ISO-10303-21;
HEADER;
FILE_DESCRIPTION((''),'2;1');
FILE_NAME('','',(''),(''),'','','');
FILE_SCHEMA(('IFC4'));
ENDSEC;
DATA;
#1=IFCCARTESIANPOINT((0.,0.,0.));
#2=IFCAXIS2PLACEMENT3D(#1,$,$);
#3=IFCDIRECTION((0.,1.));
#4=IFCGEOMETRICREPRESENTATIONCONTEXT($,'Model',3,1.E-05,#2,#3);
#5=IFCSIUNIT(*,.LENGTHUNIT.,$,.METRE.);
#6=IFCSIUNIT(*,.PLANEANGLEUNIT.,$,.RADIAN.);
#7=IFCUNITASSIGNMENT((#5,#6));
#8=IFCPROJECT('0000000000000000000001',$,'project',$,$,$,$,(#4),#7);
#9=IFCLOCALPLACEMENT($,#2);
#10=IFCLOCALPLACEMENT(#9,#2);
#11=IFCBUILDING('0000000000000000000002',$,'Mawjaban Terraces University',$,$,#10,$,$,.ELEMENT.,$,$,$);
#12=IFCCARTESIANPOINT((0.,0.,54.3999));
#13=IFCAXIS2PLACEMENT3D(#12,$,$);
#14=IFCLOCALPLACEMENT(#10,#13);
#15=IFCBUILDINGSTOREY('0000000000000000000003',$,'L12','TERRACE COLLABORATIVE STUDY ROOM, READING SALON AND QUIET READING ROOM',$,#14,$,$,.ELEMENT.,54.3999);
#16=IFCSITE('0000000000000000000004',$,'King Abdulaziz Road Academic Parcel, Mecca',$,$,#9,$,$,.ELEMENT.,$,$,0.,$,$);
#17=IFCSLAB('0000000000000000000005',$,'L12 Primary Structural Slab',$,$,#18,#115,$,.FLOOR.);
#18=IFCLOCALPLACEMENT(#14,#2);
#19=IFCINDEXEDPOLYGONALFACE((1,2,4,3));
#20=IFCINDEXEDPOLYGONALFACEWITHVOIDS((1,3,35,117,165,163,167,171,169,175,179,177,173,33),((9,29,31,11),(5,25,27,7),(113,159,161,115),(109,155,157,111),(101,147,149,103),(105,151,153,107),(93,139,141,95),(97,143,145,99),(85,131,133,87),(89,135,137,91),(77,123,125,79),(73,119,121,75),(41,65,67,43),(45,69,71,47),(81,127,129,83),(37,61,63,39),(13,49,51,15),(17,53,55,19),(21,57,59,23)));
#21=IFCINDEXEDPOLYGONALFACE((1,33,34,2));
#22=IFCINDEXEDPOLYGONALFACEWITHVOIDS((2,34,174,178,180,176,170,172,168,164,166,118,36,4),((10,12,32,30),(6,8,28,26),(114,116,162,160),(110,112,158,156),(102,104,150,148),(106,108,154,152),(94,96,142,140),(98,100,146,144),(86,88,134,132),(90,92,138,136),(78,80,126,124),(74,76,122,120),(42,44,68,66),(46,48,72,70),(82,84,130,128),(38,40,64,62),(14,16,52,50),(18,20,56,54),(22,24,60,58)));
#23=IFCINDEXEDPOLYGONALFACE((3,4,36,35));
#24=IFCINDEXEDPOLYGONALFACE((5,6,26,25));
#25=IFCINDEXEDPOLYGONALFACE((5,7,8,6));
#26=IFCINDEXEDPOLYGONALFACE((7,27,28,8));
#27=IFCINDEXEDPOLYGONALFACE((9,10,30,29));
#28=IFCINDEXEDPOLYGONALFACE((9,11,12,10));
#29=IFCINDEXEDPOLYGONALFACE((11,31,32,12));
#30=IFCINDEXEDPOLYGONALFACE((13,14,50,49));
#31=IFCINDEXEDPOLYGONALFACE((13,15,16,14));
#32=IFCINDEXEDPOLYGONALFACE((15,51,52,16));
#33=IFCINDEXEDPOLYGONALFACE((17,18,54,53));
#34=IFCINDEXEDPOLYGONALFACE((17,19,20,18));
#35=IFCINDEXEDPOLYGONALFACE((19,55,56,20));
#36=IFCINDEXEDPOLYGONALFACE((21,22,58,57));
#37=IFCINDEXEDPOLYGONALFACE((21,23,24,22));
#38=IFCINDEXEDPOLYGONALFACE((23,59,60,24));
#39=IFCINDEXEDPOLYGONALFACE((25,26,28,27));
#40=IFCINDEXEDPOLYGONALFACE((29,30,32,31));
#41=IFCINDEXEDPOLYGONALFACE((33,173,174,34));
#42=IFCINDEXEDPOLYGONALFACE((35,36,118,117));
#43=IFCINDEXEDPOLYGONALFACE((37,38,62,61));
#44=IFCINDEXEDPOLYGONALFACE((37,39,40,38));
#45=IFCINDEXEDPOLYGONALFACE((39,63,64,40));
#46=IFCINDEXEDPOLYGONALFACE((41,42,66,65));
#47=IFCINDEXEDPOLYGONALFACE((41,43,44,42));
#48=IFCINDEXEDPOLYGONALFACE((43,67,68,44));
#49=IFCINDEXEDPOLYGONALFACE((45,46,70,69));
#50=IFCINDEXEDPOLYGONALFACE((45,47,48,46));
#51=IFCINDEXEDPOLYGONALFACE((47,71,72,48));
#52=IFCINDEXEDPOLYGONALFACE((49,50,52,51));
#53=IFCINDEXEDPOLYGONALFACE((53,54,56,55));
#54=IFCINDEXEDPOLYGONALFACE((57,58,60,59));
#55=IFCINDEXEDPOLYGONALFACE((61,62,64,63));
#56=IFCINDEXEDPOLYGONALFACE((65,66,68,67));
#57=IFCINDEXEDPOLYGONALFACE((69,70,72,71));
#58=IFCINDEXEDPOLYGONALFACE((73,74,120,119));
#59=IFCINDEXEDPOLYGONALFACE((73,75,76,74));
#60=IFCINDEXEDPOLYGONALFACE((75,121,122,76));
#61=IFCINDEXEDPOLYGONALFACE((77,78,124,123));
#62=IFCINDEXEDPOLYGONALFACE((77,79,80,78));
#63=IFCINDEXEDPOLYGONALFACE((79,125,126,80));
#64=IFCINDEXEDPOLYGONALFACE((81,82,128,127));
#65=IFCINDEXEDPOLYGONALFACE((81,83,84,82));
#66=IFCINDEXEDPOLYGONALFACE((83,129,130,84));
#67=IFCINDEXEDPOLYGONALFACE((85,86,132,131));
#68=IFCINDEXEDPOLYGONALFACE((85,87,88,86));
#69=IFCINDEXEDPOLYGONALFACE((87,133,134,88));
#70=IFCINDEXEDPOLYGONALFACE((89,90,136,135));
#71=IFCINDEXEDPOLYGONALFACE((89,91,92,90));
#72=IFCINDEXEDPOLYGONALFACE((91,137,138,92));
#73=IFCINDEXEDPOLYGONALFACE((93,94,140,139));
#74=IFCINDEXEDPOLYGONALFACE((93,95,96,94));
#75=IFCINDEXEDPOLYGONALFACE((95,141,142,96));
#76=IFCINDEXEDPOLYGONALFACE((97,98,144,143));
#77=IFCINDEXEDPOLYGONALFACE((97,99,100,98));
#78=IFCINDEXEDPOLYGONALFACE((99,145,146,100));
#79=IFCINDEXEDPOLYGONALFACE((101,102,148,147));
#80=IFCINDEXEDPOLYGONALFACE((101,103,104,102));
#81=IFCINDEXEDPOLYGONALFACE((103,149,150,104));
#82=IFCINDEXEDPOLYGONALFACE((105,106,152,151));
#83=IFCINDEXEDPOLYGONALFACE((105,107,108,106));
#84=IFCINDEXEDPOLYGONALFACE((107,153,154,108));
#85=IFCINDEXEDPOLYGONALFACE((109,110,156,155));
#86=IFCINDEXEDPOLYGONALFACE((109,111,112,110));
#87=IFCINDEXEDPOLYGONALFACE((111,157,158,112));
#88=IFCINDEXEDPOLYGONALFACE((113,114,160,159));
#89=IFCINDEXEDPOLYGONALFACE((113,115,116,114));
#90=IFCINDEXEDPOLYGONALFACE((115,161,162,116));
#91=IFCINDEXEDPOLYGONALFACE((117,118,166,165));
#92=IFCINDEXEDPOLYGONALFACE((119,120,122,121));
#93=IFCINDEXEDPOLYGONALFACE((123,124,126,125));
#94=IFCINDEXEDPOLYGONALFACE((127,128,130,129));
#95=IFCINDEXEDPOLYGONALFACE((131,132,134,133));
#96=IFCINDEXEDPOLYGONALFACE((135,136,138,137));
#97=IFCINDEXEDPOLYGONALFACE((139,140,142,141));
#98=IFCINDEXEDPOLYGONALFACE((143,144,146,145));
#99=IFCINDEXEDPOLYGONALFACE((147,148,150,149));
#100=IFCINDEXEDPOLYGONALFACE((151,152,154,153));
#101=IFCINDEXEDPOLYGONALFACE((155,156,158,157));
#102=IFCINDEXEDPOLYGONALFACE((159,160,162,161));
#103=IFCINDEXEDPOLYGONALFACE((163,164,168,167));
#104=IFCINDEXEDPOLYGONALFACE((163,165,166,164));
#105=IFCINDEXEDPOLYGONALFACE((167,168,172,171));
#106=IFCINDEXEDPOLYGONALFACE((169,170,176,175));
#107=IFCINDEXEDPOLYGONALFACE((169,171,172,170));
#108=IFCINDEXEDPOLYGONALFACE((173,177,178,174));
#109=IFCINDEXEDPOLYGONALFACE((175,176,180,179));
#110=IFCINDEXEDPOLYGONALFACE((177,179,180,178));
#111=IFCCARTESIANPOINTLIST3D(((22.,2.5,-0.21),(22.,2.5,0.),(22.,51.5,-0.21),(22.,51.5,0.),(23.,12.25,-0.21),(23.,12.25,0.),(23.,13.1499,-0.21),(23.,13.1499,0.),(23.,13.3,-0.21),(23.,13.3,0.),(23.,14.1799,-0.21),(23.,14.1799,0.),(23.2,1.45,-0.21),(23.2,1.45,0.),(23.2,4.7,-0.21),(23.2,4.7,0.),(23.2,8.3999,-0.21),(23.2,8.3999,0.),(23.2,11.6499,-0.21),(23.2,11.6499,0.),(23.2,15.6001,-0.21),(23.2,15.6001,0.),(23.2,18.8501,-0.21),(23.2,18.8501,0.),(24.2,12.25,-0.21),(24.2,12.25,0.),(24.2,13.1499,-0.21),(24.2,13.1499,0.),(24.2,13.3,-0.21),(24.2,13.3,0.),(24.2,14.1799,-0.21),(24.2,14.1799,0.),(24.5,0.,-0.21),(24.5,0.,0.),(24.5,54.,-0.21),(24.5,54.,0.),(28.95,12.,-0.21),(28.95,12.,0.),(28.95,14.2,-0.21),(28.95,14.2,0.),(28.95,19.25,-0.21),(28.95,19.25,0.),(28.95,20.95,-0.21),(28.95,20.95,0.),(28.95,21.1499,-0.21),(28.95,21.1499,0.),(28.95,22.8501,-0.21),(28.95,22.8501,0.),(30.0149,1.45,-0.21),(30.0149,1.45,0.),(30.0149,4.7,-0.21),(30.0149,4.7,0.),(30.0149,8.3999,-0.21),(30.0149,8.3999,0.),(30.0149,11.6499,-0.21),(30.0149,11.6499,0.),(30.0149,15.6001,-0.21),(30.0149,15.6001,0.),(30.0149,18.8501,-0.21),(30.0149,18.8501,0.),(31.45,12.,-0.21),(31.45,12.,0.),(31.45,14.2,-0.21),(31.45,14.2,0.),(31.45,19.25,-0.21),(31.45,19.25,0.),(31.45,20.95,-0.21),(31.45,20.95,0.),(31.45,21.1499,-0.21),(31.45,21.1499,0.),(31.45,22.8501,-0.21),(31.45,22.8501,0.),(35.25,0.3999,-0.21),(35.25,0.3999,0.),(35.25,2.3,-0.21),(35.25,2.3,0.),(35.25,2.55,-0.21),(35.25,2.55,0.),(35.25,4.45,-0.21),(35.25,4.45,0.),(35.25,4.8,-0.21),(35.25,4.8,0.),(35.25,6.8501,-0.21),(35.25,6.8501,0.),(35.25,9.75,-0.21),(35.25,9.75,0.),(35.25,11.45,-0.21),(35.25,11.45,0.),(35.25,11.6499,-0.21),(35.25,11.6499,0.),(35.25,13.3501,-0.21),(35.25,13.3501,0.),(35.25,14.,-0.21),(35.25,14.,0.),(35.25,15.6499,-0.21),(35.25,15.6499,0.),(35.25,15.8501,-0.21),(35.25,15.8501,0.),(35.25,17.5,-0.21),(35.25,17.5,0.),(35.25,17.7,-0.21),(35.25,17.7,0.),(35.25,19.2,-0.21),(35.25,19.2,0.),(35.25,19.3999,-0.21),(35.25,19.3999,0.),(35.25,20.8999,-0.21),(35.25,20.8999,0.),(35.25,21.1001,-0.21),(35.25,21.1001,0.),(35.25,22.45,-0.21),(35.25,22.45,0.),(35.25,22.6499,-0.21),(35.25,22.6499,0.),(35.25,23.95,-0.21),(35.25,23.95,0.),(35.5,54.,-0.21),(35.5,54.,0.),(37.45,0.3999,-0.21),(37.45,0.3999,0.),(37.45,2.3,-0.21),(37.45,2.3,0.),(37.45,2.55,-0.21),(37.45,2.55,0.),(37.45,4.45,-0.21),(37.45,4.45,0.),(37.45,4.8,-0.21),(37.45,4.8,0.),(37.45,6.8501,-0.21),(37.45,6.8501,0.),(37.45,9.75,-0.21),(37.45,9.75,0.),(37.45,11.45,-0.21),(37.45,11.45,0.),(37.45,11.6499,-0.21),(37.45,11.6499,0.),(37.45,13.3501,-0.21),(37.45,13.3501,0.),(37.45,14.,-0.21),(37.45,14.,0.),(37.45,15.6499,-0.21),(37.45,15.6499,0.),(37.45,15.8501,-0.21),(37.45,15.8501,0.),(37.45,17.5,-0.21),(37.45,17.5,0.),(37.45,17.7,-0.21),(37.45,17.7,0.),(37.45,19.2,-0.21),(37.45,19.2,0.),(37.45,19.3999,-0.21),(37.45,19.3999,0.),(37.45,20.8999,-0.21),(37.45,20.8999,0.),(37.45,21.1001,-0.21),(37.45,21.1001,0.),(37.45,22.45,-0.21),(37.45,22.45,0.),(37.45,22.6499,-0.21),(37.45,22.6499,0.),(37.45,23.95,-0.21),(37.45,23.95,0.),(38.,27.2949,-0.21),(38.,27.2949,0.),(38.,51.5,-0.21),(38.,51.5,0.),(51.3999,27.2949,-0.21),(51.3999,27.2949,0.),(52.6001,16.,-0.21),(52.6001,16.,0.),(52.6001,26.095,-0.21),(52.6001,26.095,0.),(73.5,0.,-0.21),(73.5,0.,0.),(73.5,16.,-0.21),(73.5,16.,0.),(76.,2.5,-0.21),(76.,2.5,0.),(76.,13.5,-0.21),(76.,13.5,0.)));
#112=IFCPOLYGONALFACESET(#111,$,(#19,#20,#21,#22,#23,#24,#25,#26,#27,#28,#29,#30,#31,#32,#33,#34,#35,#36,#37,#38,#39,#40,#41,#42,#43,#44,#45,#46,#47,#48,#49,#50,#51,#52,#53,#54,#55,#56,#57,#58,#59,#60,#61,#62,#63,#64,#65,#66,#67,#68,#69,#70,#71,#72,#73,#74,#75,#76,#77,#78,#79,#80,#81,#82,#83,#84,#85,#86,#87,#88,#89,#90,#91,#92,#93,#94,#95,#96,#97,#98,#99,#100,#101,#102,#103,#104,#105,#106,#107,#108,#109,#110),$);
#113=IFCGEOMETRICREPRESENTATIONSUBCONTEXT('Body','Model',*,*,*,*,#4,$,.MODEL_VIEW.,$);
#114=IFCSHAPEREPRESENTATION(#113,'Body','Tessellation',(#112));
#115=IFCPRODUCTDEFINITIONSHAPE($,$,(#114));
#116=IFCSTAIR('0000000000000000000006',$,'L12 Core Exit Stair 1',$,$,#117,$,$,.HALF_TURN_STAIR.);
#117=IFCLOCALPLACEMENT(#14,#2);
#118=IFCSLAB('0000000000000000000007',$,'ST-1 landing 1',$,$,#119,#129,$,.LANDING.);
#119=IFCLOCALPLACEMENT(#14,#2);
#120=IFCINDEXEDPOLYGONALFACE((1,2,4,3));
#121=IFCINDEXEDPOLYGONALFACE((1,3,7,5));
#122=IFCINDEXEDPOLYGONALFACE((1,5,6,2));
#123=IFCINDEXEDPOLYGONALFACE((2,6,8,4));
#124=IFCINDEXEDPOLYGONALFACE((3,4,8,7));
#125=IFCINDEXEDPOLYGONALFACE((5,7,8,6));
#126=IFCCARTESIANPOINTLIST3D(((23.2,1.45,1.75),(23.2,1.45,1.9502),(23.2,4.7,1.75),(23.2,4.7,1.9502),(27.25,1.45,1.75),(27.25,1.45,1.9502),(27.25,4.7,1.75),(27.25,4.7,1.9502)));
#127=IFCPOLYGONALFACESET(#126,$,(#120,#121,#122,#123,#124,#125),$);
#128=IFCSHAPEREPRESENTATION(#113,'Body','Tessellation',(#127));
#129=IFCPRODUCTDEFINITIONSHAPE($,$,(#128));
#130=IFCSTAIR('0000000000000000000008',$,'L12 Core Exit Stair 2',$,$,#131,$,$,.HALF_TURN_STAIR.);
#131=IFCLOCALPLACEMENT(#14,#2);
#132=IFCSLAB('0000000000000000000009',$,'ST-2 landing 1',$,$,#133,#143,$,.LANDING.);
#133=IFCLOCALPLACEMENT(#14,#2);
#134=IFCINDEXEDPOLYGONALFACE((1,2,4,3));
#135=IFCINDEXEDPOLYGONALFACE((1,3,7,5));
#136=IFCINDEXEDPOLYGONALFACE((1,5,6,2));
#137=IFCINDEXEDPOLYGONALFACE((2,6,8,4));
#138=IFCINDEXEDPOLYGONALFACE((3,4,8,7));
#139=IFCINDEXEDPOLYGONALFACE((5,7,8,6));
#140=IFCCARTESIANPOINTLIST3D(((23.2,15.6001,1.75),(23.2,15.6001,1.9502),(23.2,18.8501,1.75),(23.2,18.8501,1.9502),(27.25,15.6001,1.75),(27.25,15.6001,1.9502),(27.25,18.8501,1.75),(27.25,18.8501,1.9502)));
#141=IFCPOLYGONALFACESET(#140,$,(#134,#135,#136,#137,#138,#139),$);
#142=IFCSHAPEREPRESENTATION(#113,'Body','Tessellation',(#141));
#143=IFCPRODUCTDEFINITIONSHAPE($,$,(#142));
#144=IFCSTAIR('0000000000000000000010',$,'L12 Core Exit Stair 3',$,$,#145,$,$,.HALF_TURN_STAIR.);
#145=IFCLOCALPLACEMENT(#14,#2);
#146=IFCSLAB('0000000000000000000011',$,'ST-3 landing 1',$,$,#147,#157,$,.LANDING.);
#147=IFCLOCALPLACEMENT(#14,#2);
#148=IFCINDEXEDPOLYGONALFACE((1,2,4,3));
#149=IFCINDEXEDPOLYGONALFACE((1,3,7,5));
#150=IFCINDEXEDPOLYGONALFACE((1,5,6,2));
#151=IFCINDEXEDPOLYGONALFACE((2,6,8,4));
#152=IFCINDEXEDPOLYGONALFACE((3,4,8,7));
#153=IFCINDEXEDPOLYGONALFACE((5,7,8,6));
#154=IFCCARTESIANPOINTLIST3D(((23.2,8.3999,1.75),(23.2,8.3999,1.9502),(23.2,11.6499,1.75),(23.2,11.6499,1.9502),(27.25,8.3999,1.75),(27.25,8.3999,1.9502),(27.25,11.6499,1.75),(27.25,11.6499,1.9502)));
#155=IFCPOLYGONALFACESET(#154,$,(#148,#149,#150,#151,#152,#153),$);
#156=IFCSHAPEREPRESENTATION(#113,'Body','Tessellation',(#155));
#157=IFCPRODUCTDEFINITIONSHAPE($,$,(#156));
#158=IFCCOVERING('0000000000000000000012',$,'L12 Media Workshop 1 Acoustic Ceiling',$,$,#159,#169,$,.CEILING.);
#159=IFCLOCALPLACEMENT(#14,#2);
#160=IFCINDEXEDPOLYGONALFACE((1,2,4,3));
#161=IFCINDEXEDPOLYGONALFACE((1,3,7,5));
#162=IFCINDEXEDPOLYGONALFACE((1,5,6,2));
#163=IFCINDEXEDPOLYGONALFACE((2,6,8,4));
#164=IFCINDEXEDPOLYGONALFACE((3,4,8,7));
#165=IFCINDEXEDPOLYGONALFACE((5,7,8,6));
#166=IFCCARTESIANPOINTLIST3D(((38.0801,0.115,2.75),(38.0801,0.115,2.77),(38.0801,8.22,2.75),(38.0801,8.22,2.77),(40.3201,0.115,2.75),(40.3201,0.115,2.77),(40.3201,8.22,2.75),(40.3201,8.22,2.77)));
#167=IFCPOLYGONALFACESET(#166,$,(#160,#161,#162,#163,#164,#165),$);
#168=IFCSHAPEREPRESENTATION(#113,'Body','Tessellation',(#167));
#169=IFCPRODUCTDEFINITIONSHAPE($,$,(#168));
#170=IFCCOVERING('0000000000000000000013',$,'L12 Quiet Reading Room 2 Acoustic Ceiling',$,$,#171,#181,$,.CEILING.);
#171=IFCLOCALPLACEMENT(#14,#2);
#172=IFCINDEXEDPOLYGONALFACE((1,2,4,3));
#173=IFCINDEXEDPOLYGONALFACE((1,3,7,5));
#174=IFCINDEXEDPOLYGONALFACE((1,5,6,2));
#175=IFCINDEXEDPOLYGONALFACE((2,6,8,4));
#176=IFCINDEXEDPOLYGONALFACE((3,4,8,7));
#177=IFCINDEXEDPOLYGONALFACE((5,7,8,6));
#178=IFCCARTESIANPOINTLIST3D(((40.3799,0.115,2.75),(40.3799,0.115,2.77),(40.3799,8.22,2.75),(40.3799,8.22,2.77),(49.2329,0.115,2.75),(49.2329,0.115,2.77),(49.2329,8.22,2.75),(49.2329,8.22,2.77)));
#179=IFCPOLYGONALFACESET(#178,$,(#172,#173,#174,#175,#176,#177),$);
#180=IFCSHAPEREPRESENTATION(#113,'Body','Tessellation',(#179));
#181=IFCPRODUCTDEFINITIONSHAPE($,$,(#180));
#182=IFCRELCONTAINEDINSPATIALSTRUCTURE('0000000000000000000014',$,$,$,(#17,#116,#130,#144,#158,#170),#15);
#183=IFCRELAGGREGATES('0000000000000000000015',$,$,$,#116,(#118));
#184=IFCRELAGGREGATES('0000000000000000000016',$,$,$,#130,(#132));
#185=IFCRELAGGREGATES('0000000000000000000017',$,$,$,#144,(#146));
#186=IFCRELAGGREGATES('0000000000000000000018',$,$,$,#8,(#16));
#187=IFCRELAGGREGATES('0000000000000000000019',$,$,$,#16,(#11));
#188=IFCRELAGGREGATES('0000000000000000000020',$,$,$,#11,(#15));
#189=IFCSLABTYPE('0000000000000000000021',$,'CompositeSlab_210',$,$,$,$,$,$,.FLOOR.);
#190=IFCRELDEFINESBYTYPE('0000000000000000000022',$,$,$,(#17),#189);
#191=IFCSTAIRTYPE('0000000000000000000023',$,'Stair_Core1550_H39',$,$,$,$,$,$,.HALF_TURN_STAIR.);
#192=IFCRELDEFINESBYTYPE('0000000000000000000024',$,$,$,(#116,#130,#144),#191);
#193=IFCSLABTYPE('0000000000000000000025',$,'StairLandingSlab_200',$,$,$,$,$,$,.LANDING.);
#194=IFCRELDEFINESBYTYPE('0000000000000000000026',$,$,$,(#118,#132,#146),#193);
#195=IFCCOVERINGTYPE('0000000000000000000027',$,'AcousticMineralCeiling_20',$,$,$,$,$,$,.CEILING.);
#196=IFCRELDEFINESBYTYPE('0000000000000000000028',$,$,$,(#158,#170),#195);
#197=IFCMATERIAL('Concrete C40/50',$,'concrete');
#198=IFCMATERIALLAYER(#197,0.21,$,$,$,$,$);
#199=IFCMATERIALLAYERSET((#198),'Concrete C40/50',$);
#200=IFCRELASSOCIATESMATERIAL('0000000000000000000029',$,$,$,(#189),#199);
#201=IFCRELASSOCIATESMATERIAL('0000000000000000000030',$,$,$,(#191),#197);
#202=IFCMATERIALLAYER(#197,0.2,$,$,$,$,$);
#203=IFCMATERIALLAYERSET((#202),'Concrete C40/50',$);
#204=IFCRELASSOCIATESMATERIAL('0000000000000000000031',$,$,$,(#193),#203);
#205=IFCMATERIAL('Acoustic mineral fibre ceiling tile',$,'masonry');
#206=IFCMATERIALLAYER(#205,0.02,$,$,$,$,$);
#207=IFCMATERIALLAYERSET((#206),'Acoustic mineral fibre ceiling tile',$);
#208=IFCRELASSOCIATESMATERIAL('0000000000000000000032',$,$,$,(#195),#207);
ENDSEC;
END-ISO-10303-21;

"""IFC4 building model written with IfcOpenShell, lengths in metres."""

from ifc_helpers import new_model, si_unit, direction, frame, origin, place, context, subcontext, project, spatial, polyline, outline, extrude, material, layer, layer_set, type_object, element, aggregate, save


model = new_model("IFC4")

# Units and contexts
model_context = context("Model", 3, precision=1e-05, world=origin(), true_north=direction((0.0, 1.0)))
body_context = subcontext(model_context, "Body", "Model", "MODEL_VIEW")
ifc_project = project(units=[si_unit("LENGTHUNIT", "METRE"), si_unit("PLANEANGLEUNIT", "RADIAN")], contexts=[model_context])

# Site, building, storey
site_placement = place(None, origin())
site = spatial("IfcSite", under=ifc_project, at=site_placement, Name="King Abdulaziz Road Academic Parcel, Mecca", CompositionType="ELEMENT", RefElevation=0.0)
building_placement = place(site_placement, origin())
building = spatial("IfcBuilding", under=site, at=building_placement, Name="Mawjaban Terraces University", CompositionType="ELEMENT")
storey_placement = place(building_placement, frame((0.0, 0.0, 54.3999)))
storey = spatial("IfcBuildingStorey", under=building, at=storey_placement, Name="L12", Description="TERRACE COLLABORATIVE STUDY ROOM, READING SALON AND QUIET READING ROOM", CompositionType="ELEMENT", Elevation=54.3999)

# Slab
ifc_material_1 = material(Name="Concrete C40/50", Category="concrete")
ifc_layer_1 = layer(ifc_material_1, 0.21)
ifc_layer_set_1 = layer_set([ifc_layer_1], Name="Concrete C40/50")
slab_type_1 = type_object("IfcSlabType", Name="CompositeSlab_210", PredefinedType="FLOOR", material=ifc_layer_set_1)
slab_1_placement = place(storey_placement, frame((0.0, 0.0, -0.21)))
element("IfcSlab", 1, at=slab_1_placement, inside=storey, type_object=slab_type_1, Name="L12 Primary Structural Slab", PredefinedType="FLOOR", context=body_context, shape_type="SweptSolid", body=[
    extrude(outline(polyline([(24.5, 0.0), (73.5, 0.0), (76.0, 2.5), (76.0, 13.5), (73.5, 16.0), (52.6001, 16.0), (52.6001, 26.095), (51.3999, 27.2949), (38.0, 27.2949), (38.0, 51.5), (35.5, 54.0), (24.5, 54.0), (22.0, 51.5), (22.0, 2.5), (24.5, 0.0)]), holes=[polyline([(30.0149, 4.7), (23.2, 4.7), (23.2, 1.45), (30.0149, 1.45), (30.0149, 4.7)]), polyline([(30.0149, 18.8501), (23.2, 18.8501), (23.2, 15.6001), (30.0149, 15.6001), (30.0149, 18.8501)]), polyline([(30.0149, 11.6499), (23.2, 11.6499), (23.2, 8.3999), (30.0149, 8.3999), (30.0149, 11.6499)]), polyline([(35.25, 0.3999), (37.45, 0.3999), (37.45, 2.3), (35.25, 2.3), (35.25, 0.3999)]), polyline([(35.25, 2.55), (37.45, 2.55), (37.45, 4.45), (35.25, 4.45), (35.25, 2.55)]), polyline([(35.25, 4.8), (37.45, 4.8), (37.45, 6.8501), (35.25, 6.8501), (35.25, 4.8)]), polyline([(35.25, 9.75), (37.45, 9.75), (37.45, 11.45), (35.25, 11.45), (35.25, 9.75)]), polyline([(35.25, 11.6499), (37.45, 11.6499), (37.45, 13.3501), (35.25, 13.3501), (35.25, 11.6499)]), polyline([(28.95, 12.0), (31.45, 12.0), (31.45, 14.2), (28.95, 14.2), (28.95, 12.0)]), polyline([(35.25, 14.0), (37.45, 14.0), (37.45, 15.6499), (35.25, 15.6499), (35.25, 14.0)]), polyline([(35.25, 15.8501), (37.45, 15.8501), (37.45, 17.5), (35.25, 17.5), (35.25, 15.8501)]), polyline([(35.25, 17.7), (37.45, 17.7), (37.45, 19.2), (35.25, 19.2), (35.25, 17.7)]), polyline([(35.25, 19.3999), (37.45, 19.3999), (37.45, 20.8999), (35.25, 20.8999), (35.25, 19.3999)]), polyline([(28.95, 19.25), (31.45, 19.25), (31.45, 20.95), (28.95, 20.95), (28.95, 19.25)]), polyline([(35.25, 21.1001), (37.45, 21.1001), (37.45, 22.45), (35.25, 22.45), (35.25, 21.1001)]), polyline([(35.25, 22.6499), (37.45, 22.6499), (37.45, 23.95), (35.25, 23.95), (35.25, 22.6499)]), polyline([(28.95, 21.1499), (31.45, 21.1499), (31.45, 22.8501), (28.95, 22.8501), (28.95, 21.1499)]), polyline([(23.0, 12.25), (24.2, 12.25), (24.2, 13.1499), (23.0, 13.1499), (23.0, 12.25)]), polyline([(23.0, 13.3), (24.2, 13.3), (24.2, 14.1799), (23.0, 14.1799), (23.0, 13.3)])]), origin(), (0.0, 0.0, 1.0), 0.21),
])

# Stairs, slabs
stair_type = type_object("IfcStairType", Name="Stair_Core1550_H39", PredefinedType="HALF_TURN_STAIR", material=ifc_material_1)
stair_1_placement = place(storey_placement, origin())
stair_1 = element("IfcStair", 2, at=stair_1_placement, inside=storey, type_object=stair_type, Name="L12 Core Exit Stair 1", PredefinedType="HALF_TURN_STAIR")
ifc_layer_2 = layer(ifc_material_1, 0.2)
ifc_layer_set_2 = layer_set([ifc_layer_2], Name="Concrete C40/50")
slab_type_2 = type_object("IfcSlabType", Name="StairLandingSlab_200", PredefinedType="LANDING", material=ifc_layer_set_2)
slab_2_placement = place(storey_placement, frame((0.0, 0.0, 1.75)))
slab_2 = element("IfcSlab", 3, at=slab_2_placement, type_object=slab_type_2, Name="ST-1 landing 1", PredefinedType="LANDING", context=body_context, shape_type="SweptSolid", body=[
    extrude(outline(polyline([(27.25, 4.7), (23.2, 4.7), (23.2, 1.45), (27.25, 1.45), (27.25, 4.7)])), origin(), (0.0, 0.0, 1.0), 0.2002),
])
aggregate(stair_1, [slab_2])
stair_2_placement = place(storey_placement, origin())
stair_2 = element("IfcStair", 4, at=stair_2_placement, inside=storey, type_object=stair_type, Name="L12 Core Exit Stair 2", PredefinedType="HALF_TURN_STAIR")
slab_3_placement = place(storey_placement, frame((0.0, 0.0, 1.75)))
slab_3 = element("IfcSlab", 5, at=slab_3_placement, type_object=slab_type_2, Name="ST-2 landing 1", PredefinedType="LANDING", context=body_context, shape_type="SweptSolid", body=[
    extrude(outline(polyline([(27.25, 18.8501), (23.2, 18.8501), (23.2, 15.6001), (27.25, 15.6001), (27.25, 18.8501)])), origin(), (0.0, 0.0, 1.0), 0.2002),
])
aggregate(stair_2, [slab_3])
stair_3_placement = place(storey_placement, origin())
stair_3 = element("IfcStair", 6, at=stair_3_placement, inside=storey, type_object=stair_type, Name="L12 Core Exit Stair 3", PredefinedType="HALF_TURN_STAIR")
slab_4_placement = place(storey_placement, frame((0.0, 0.0, 1.75)))
slab_4 = element("IfcSlab", 7, at=slab_4_placement, type_object=slab_type_2, Name="ST-3 landing 1", PredefinedType="LANDING", context=body_context, shape_type="SweptSolid", body=[
    extrude(outline(polyline([(27.25, 11.6499), (23.2, 11.6499), (23.2, 8.3999), (27.25, 8.3999), (27.25, 11.6499)])), origin(), (0.0, 0.0, 1.0), 0.2002),
])
aggregate(stair_3, [slab_4])

# Coverings
ifc_material_2 = material(Name="Acoustic mineral fibre ceiling tile", Category="masonry")
ifc_layer_3 = layer(ifc_material_2, 0.02)
ifc_layer_set_3 = layer_set([ifc_layer_3], Name="Acoustic mineral fibre ceiling tile")
covering_type_1 = type_object("IfcCoveringType", Name="AcousticMineralCeiling_20", PredefinedType="CEILING", material=ifc_layer_set_3)
covering_1_placement = place(storey_placement, frame((0.0, 0.0, 2.75)))
element("IfcCovering", 8, at=covering_1_placement, inside=storey, type_object=covering_type_1, Name="L12 Media Workshop 1 Acoustic Ceiling", PredefinedType="CEILING", context=body_context, shape_type="SweptSolid", body=[
    extrude(outline(polyline([(38.0801, 0.115), (40.3201, 0.115), (40.3201, 8.22), (38.0801, 8.22), (38.0801, 0.115)])), origin(), (0.0, 0.0, 1.0), 0.02),
])
covering_2_placement = place(storey_placement, frame((0.0, 0.0, 2.75)))
element("IfcCovering", 9, at=covering_2_placement, inside=storey, type_object=covering_type_1, Name="L12 Quiet Reading Room 2 Acoustic Ceiling", PredefinedType="CEILING", context=body_context, shape_type="SweptSolid", body=[
    extrude(outline(polyline([(40.3799, 0.115), (49.2329, 0.115), (49.2329, 8.22), (40.3799, 8.22), (40.3799, 0.115)])), origin(), (0.0, 0.0, 1.0), 0.02),
])

save(model, "model.ifc")
